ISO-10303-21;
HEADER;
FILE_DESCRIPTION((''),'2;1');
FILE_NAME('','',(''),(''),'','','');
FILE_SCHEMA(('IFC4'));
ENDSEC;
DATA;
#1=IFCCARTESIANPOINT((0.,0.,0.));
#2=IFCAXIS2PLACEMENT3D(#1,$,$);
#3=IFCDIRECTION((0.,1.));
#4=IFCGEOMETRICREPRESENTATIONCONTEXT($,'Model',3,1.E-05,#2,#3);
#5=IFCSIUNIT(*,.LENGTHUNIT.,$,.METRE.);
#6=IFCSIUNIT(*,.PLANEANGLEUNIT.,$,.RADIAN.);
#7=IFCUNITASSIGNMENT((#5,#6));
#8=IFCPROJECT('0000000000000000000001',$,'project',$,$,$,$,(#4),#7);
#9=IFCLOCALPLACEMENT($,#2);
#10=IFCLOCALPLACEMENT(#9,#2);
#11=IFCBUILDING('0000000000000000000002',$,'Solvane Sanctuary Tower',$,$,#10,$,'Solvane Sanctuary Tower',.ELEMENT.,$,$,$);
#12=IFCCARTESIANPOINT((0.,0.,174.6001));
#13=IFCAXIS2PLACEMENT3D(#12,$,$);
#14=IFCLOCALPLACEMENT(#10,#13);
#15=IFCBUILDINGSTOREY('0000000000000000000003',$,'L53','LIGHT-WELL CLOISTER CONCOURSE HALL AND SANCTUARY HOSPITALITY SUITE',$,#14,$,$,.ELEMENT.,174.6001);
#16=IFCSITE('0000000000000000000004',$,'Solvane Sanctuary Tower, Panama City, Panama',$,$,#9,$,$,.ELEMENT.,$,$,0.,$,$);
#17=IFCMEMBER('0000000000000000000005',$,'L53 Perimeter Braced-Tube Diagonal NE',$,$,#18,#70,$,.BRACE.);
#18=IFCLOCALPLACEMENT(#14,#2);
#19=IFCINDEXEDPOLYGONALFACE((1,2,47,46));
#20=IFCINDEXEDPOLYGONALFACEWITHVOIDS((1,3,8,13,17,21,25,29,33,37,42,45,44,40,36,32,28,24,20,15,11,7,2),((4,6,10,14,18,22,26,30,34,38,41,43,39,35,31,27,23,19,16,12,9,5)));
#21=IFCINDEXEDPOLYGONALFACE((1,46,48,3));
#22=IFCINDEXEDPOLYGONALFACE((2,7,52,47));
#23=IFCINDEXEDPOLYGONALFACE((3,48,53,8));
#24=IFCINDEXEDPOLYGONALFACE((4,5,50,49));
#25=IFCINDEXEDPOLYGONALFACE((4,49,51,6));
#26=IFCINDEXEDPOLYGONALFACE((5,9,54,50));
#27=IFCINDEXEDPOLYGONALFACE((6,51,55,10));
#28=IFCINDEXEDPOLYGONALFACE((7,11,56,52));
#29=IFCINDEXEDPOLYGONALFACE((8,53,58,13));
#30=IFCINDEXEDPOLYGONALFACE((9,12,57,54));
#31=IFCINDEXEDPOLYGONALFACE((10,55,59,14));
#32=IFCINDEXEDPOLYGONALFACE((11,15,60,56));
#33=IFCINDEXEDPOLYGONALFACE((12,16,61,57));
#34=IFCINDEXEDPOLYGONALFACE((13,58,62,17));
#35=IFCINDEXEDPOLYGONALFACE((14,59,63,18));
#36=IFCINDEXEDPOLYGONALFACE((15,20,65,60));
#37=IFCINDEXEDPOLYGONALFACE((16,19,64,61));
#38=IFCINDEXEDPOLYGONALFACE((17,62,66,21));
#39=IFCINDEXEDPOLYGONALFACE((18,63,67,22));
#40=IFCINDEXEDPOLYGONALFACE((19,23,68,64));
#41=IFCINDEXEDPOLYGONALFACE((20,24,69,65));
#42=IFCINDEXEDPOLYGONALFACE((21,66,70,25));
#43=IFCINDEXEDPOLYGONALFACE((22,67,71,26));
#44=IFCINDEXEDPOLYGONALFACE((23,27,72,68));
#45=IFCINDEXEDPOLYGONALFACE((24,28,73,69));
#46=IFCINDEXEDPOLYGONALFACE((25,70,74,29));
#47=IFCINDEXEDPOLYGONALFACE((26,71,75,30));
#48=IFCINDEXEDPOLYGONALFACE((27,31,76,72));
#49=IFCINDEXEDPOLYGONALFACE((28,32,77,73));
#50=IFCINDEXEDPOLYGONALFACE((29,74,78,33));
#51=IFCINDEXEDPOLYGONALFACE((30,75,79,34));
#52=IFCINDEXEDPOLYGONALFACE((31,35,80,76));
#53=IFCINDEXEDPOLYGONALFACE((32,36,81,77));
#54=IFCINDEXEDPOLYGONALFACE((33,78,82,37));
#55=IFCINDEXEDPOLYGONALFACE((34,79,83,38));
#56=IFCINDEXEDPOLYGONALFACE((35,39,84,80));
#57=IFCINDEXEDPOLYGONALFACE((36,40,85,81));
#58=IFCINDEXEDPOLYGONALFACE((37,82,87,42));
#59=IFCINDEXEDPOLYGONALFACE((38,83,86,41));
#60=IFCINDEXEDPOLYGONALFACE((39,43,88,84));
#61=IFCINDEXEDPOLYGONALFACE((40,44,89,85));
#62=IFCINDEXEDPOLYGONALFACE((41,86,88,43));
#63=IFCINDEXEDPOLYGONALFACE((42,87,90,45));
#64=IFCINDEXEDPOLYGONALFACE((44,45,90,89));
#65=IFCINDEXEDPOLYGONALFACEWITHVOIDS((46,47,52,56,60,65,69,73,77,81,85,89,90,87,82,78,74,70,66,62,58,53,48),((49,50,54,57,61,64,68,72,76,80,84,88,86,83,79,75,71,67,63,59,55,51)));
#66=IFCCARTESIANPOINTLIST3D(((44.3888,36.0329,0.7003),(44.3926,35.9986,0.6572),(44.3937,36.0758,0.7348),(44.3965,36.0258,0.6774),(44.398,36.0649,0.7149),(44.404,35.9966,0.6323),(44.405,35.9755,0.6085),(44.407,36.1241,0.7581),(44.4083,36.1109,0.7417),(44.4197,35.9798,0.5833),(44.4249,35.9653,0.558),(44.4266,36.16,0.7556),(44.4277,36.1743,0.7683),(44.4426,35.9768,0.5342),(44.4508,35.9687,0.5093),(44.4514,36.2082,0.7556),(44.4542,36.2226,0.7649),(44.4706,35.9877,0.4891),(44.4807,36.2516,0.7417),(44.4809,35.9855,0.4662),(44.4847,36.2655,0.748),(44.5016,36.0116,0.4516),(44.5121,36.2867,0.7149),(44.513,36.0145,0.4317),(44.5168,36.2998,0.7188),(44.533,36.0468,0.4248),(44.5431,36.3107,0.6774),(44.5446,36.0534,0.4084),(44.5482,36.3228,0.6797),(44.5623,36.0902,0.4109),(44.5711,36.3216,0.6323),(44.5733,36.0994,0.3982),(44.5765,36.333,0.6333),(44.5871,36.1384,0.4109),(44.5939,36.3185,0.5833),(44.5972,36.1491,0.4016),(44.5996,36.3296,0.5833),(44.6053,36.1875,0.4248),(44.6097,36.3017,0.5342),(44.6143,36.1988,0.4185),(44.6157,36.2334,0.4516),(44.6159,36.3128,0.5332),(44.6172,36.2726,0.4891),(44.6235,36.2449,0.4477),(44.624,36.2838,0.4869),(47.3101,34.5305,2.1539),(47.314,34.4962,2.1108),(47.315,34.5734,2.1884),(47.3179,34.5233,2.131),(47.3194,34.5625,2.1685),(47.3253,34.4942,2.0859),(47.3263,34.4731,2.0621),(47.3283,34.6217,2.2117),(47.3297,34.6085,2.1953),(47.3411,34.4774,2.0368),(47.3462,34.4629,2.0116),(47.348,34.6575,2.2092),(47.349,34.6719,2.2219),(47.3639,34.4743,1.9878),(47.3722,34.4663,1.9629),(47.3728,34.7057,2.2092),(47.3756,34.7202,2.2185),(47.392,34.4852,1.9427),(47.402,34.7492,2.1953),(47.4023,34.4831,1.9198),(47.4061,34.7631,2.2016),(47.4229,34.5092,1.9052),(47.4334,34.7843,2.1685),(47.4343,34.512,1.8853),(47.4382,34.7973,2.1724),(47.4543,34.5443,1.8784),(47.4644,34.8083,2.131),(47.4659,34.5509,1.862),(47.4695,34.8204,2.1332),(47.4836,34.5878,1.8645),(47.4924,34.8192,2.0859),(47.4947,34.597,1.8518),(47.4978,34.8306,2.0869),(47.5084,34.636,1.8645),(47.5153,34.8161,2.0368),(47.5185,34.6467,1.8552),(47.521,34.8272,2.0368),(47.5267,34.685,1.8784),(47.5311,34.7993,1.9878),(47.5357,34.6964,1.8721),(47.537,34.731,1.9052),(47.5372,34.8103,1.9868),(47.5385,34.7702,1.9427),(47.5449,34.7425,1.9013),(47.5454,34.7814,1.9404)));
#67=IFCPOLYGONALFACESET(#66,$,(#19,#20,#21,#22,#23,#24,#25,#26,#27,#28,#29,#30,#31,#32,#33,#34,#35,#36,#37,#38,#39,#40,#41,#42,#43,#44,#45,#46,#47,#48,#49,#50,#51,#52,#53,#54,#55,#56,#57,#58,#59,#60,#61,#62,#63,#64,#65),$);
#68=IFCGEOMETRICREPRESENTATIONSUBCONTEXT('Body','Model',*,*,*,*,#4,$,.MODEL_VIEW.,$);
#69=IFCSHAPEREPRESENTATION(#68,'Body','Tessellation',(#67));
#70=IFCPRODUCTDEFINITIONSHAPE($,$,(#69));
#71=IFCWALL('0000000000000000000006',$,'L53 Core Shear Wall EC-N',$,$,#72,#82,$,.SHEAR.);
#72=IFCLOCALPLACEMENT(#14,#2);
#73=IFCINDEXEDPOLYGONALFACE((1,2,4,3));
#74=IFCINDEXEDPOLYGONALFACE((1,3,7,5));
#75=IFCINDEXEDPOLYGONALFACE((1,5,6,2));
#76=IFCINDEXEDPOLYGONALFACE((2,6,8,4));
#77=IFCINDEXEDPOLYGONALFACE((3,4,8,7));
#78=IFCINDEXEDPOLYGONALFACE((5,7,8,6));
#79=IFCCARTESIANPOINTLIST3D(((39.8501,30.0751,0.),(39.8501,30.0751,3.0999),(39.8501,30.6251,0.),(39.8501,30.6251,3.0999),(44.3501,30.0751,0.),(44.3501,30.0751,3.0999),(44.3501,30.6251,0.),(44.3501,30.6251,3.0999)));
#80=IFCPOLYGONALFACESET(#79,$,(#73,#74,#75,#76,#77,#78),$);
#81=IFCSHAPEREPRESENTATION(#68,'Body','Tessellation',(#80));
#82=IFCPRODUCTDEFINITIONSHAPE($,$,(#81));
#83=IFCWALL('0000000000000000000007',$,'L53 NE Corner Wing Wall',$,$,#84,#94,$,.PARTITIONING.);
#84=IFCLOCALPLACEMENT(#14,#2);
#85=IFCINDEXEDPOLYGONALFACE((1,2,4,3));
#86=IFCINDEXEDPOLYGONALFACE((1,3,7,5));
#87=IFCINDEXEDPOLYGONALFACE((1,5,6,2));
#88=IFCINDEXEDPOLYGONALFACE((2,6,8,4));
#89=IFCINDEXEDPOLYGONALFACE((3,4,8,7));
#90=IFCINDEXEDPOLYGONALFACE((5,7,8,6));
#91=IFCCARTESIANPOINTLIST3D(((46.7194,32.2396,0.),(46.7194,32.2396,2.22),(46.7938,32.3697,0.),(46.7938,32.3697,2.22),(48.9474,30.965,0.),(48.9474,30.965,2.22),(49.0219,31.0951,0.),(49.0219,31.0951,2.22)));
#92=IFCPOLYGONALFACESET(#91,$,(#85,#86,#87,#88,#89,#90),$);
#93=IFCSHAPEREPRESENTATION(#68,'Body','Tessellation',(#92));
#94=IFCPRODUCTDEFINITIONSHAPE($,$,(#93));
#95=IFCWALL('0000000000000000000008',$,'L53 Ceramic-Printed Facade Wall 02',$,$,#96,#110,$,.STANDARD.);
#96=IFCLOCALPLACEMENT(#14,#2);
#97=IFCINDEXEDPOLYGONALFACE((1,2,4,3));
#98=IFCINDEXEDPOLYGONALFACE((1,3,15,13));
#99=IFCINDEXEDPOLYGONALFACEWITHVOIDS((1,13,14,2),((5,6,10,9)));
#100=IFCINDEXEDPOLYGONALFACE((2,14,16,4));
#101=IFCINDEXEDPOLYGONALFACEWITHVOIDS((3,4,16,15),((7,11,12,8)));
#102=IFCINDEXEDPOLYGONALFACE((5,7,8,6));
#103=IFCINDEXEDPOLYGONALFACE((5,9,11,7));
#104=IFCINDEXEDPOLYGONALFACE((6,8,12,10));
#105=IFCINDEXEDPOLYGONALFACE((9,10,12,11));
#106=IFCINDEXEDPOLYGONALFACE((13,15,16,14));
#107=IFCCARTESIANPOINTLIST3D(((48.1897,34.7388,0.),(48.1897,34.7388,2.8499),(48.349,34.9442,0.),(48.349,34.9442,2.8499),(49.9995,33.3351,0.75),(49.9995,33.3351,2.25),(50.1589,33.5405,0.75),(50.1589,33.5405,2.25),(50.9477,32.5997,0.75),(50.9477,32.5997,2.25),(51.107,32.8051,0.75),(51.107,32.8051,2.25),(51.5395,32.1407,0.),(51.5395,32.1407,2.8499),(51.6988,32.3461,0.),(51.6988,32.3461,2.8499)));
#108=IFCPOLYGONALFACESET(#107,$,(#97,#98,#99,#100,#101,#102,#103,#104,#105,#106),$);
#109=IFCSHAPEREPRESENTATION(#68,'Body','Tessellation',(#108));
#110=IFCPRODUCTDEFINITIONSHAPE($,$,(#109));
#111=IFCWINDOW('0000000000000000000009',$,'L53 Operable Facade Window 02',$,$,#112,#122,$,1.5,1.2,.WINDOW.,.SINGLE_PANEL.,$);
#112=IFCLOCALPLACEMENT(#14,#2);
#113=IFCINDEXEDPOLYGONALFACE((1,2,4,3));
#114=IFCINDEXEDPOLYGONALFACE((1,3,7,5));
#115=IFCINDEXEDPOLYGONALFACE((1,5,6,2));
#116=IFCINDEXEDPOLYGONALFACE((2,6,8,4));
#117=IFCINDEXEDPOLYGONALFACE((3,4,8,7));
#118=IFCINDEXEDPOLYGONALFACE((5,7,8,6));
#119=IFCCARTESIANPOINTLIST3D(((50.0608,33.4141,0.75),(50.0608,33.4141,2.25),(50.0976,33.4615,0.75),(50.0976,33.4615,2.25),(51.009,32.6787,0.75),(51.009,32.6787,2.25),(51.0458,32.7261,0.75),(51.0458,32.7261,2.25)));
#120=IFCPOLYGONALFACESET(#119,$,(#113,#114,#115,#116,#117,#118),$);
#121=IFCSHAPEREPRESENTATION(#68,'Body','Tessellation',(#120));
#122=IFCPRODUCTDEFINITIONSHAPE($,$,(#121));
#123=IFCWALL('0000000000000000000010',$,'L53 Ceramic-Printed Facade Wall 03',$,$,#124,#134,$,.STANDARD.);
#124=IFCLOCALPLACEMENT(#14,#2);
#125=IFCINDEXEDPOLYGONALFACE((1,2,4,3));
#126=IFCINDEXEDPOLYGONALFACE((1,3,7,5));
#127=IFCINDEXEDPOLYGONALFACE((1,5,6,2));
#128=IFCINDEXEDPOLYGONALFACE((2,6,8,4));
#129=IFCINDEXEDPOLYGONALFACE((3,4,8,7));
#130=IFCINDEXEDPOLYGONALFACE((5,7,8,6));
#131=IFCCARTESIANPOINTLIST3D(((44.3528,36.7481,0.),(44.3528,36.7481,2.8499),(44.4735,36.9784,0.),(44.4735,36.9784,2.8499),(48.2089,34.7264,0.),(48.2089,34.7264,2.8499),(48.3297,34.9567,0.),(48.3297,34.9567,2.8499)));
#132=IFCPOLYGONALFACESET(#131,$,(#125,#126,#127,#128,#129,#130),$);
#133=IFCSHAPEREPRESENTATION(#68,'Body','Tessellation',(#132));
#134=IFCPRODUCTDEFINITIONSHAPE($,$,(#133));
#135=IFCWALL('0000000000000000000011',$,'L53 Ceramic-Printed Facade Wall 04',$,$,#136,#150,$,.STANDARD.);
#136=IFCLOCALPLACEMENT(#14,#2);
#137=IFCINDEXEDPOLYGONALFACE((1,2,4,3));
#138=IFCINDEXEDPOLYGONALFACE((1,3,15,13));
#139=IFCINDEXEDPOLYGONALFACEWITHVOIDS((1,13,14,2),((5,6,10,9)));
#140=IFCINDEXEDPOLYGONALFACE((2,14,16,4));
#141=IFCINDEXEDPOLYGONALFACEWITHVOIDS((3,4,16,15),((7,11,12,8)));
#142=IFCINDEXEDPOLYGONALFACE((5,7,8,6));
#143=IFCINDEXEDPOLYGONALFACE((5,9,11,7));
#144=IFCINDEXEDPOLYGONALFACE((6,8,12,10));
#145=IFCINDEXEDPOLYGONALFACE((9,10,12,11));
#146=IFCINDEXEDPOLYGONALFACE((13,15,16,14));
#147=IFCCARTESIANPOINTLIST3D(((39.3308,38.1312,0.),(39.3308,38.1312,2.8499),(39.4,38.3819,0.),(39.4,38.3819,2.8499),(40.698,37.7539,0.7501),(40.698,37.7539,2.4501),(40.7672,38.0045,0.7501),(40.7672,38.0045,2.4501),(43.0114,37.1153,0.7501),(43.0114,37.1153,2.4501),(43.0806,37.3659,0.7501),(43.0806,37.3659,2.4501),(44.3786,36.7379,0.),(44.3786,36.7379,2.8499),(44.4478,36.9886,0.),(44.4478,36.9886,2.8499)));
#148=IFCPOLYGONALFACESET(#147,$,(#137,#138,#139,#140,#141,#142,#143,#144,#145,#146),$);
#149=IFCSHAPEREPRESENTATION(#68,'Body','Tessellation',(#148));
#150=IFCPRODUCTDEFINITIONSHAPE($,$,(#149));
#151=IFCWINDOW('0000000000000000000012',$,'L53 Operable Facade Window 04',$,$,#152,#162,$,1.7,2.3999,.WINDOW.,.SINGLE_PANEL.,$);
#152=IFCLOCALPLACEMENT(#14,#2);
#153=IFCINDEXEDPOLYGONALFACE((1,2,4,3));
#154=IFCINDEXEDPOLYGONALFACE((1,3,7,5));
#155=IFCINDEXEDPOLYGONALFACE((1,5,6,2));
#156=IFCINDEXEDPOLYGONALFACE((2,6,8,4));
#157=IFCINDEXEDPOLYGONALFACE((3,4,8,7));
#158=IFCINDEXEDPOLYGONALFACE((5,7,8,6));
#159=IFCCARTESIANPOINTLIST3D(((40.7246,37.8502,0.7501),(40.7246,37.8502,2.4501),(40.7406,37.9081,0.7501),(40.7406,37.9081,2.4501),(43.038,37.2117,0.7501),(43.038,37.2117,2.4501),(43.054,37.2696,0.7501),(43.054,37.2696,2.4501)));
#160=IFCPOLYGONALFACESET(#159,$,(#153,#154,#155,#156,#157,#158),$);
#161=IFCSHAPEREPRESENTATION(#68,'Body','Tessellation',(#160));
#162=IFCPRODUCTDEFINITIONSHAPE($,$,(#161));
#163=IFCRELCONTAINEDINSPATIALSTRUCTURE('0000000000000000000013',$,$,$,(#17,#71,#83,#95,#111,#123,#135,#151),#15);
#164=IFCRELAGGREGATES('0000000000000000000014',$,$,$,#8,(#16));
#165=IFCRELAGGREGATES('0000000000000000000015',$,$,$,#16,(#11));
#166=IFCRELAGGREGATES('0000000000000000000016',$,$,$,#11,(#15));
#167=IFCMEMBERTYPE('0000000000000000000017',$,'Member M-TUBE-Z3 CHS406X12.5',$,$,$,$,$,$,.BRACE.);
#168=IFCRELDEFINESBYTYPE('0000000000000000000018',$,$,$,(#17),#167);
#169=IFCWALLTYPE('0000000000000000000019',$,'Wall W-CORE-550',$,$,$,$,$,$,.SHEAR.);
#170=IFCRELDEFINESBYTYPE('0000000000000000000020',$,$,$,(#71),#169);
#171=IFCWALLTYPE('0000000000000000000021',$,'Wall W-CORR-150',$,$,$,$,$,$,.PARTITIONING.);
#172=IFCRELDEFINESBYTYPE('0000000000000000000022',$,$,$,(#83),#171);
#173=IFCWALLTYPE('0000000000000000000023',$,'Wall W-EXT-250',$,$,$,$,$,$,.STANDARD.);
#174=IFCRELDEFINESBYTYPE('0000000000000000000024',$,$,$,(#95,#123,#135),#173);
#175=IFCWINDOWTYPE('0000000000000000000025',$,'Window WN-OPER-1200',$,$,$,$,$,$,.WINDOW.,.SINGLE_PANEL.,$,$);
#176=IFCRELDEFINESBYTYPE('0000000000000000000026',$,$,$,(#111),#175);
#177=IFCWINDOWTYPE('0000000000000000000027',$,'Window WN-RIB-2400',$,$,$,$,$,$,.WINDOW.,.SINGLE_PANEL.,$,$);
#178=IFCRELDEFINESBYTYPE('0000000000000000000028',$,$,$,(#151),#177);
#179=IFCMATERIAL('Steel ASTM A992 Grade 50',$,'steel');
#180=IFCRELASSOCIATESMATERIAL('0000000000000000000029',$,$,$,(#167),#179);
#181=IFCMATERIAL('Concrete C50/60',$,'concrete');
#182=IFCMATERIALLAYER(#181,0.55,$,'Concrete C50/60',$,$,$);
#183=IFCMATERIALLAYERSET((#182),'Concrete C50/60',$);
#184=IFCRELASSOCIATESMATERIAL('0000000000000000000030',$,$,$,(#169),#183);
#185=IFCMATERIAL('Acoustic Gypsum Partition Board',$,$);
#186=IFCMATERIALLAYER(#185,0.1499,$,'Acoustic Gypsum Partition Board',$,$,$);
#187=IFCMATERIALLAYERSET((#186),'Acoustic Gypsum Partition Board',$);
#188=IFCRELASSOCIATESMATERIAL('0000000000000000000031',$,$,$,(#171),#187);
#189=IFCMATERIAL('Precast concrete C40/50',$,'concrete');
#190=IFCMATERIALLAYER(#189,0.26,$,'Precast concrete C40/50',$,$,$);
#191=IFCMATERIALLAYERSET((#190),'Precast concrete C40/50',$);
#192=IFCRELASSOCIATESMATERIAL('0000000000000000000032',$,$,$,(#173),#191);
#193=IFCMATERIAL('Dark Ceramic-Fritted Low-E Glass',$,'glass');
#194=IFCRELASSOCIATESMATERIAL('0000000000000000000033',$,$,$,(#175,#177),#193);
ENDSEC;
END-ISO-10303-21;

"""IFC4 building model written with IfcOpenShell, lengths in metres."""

from ifc_helpers import new_model, si_unit, direction, frame, frame_2d, origin, origin_2d, place, context, subcontext, project, spatial, rectangle, hollow_circle, extrude, material, layer, layer_set, material_profile, profile_set, type_object, element, fill, save


model = new_model("IFC4")

# Units and contexts
model_context = context("Model", 3, precision=1e-05, world=origin(), true_north=direction((0.0, 1.0)))
body_context = subcontext(model_context, "Body", "Model", "MODEL_VIEW")
ifc_project = project(units=[si_unit("LENGTHUNIT", "METRE"), si_unit("PLANEANGLEUNIT", "RADIAN")], contexts=[model_context])

# Site, building, storey
site_placement = place(None, origin())
site = spatial("IfcSite", under=ifc_project, at=site_placement, Name="Solvane Sanctuary Tower, Panama City, Panama", CompositionType="ELEMENT", RefElevation=0.0)
building_placement = place(site_placement, origin())
building = spatial("IfcBuilding", under=site, at=building_placement, Name="Solvane Sanctuary Tower", LongName="Solvane Sanctuary Tower", CompositionType="ELEMENT")
storey_placement = place(building_placement, frame((0.0, 0.0, 174.6001)))
storey = spatial("IfcBuildingStorey", under=building, at=storey_placement, Name="L53", Description="LIGHT-WELL CLOISTER CONCOURSE HALL AND SANCTUARY HOSPITALITY SUITE", CompositionType="ELEMENT", Elevation=174.6001)

# Shared definitions
ifc_material_1 = material(Name="Steel ASTM A992 Grade 50", Category="steel")

# Member
ifc_material_profile_1 = material_profile(ifc_material_1, hollow_circle(Radius=0.2029, WallThickness=0.0125, at=origin_2d()), Name="CHS406X12.5")
ifc_profile_set_1 = profile_set([ifc_material_profile_1], Name="Steel ASTM A992 Grade 50")
member_type = type_object("IfcMemberType", Name="Member M-TUBE-Z3 CHS406X12.5", PredefinedType="BRACE", material=ifc_profile_set_1)
member_placement = place(storey_placement, frame((44.5068, 36.1492, 0.5833), z_axis=(0.813229, -0.418236, 0.404644), x_axis=(0.457351, 0.889286, 0.0)))
element("IfcMember", 1, at=member_placement, inside=storey, type_object=member_type, Name="L53 Perimeter Braced-Tube Diagonal NE", PredefinedType="BRACE", context=body_context, shape_type="SweptSolid", body=[
    extrude(hollow_circle(Radius=0.2029, WallThickness=0.0125, at=origin_2d()), origin(), (0.0, 0.0, 1.0), 3.5923),
])

# Walls
ifc_material_2 = material(Name="Concrete C50/60", Category="concrete")
ifc_layer_1 = layer(ifc_material_2, 0.55, Name="Concrete C50/60")
ifc_layer_set_1 = layer_set([ifc_layer_1], Name="Concrete C50/60")
wall_type_1 = type_object("IfcWallType", Name="Wall W-CORE-550", PredefinedType="SHEAR", material=ifc_layer_set_1)
wall_1_placement = place(storey_placement, frame((39.8501, 30.3501, 0.0), z_axis=(0.0, 0.0, 1.0), x_axis=(1.0, 0.0, 0.0)))
element("IfcWall", 2, at=wall_1_placement, inside=storey, type_object=wall_type_1, Name="L53 Core Shear Wall EC-N", PredefinedType="SHEAR", context=body_context, shape_type="SweptSolid", body=[
    extrude(rectangle(XDim=4.5, YDim=0.55, at=frame_2d((2.25, 0.0))), origin(), (0.0, 0.0, 1.0), 3.0999),
])
ifc_material_3 = material(Name="Acoustic Gypsum Partition Board")
ifc_layer_2 = layer(ifc_material_3, 0.1499, Name="Acoustic Gypsum Partition Board")
ifc_layer_set_2 = layer_set([ifc_layer_2], Name="Acoustic Gypsum Partition Board")
wall_type_2 = type_object("IfcWallType", Name="Wall W-CORR-150", PredefinedType="PARTITIONING", material=ifc_layer_set_2)
wall_2_placement = place(storey_placement, frame((46.7566, 32.3047, 0.0), z_axis=(0.0, 0.0, 1.0), x_axis=(0.867991, -0.496579, 0.0)))
element("IfcWall", 3, at=wall_2_placement, inside=storey, type_object=wall_type_2, Name="L53 NE Corner Wing Wall", PredefinedType="PARTITIONING", context=body_context, shape_type="SweptSolid", body=[
    extrude(rectangle(XDim=2.5669, YDim=0.1499, at=frame_2d((1.2834, 0.0))), origin(), (0.0, 0.0, 1.0), 2.22),
])

# Wall, opening, window
ifc_material_4 = material(Name="Precast concrete C40/50", Category="concrete")
ifc_layer_3 = layer(ifc_material_4, 0.26, Name="Precast concrete C40/50")
ifc_layer_set_3 = layer_set([ifc_layer_3], Name="Precast concrete C40/50")
wall_type_3 = type_object("IfcWallType", Name="Wall W-EXT-250", PredefinedType="STANDARD", material=ifc_layer_set_3)
wall_3_placement = place(storey_placement, frame((51.6191, 32.2434, 0.0), z_axis=(0.0, 0.0, 1.0), x_axis=(-0.790186, 0.612868, 0.0)))
wall_3 = element("IfcWall", 4, at=wall_3_placement, inside=storey, type_object=wall_type_3, Name="L53 Ceramic-Printed Facade Wall 02", PredefinedType="STANDARD", context=body_context, shape_type="SweptSolid", body=[
    extrude(rectangle(XDim=4.2393, YDim=0.26, at=frame_2d((2.1196, 0.0))), origin(), (0.0, 0.0, 1.0), 2.8499),
])
opening_1_placement = place(wall_3_placement, frame((0.7488, 0.0, 0.75)))
opening_1 = element("IfcOpeningElement", 5, at=opening_1_placement, cuts=wall_3, PredefinedType="OPENING", context=body_context, shape_type="SweptSolid", body=[
    extrude(rectangle(XDim=1.2, YDim=1.5, at=frame_2d((0.6001, 0.75))), frame((0.0, 0.1399, 0.0), z_axis=(0.0, -1.0, 0.0), x_axis=(1.0, 0.0, 0.0)), (0.0, 0.0, 1.0), 0.28),
])
ifc_material_5 = material(Name="Dark Ceramic-Fritted Low-E Glass", Category="glass")
window_type_1 = type_object("IfcWindowType", Name="Window WN-OPER-1200", PartitioningType="SINGLE_PANEL", PredefinedType="WINDOW", material=ifc_material_5)
window_1_placement = place(opening_1_placement, origin())
window_1 = element("IfcWindow", 6, at=window_1_placement, inside=storey, type_object=window_type_1, Name="L53 Operable Facade Window 02", OverallHeight=1.5, OverallWidth=1.2, PartitioningType="SINGLE_PANEL", PredefinedType="WINDOW", context=body_context, shape_type="SweptSolid", body=[
    extrude(rectangle(XDim=1.2, YDim=1.5, at=frame_2d((0.6001, 0.75))), frame((0.0, 0.03, 0.0), z_axis=(0.0, -1.0, 0.0), x_axis=(1.0, 0.0, 0.0)), (0.0, 0.0, 1.0), 0.0601),
])
fill(opening_1, window_1)

# Wall
wall_4_placement = place(storey_placement, frame((48.2693, 34.8416, 0.0), z_axis=(0.0, 0.0, 1.0), x_axis=(-0.88566, 0.464334, 0.0)))
element("IfcWall", 7, at=wall_4_placement, inside=storey, type_object=wall_type_3, Name="L53 Ceramic-Printed Facade Wall 03", PredefinedType="STANDARD", context=body_context, shape_type="SweptSolid", body=[
    extrude(rectangle(XDim=4.354, YDim=0.26, at=frame_2d((2.177, 0.0))), origin(), (0.0, 0.0, 1.0), 2.8499),
])

# Wall, opening, window
wall_5_placement = place(storey_placement, frame((44.4131, 36.8633, 0.0), z_axis=(0.0, 0.0, 1.0), x_axis=(-0.963953, 0.266071, 0.0)))
wall_5 = element("IfcWall", 8, at=wall_5_placement, inside=storey, type_object=wall_type_3, Name="L53 Ceramic-Printed Facade Wall 04", PredefinedType="STANDARD", context=body_context, shape_type="SweptSolid", body=[
    extrude(rectangle(XDim=5.2366, YDim=0.26, at=frame_2d((2.6182, 0.0))), origin(), (0.0, 0.0, 1.0), 2.8499),
])
opening_2_placement = place(wall_5_placement, frame((1.4182, 0.0, 0.75)))
opening_2 = element("IfcOpeningElement", 9, at=opening_2_placement, cuts=wall_5, PredefinedType="OPENING", context=body_context, shape_type="SweptSolid", body=[
    extrude(rectangle(XDim=2.3999, YDim=1.7, at=frame_2d((1.2, 0.8501))), frame((0.0, 0.1399, 0.0), z_axis=(0.0, -1.0, 0.0), x_axis=(1.0, 0.0, 0.0)), (0.0, 0.0, 1.0), 0.28),
])
window_type_2 = type_object("IfcWindowType", Name="Window WN-RIB-2400", PartitioningType="SINGLE_PANEL", PredefinedType="WINDOW", material=ifc_material_5)
window_2_placement = place(opening_2_placement, origin())
window_2 = element("IfcWindow", 10, at=window_2_placement, inside=storey, type_object=window_type_2, Name="L53 Operable Facade Window 04", OverallHeight=1.7, OverallWidth=2.3999, PartitioningType="SINGLE_PANEL", PredefinedType="WINDOW", context=body_context, shape_type="SweptSolid", body=[
    extrude(rectangle(XDim=2.3999, YDim=1.7, at=frame_2d((1.2, 0.8501))), frame((0.0, 0.03, 0.0), z_axis=(0.0, -1.0, 0.0), x_axis=(1.0, 0.0, 0.0)), (0.0, 0.0, 1.0), 0.0601),
])
fill(opening_2, window_2)

save(model, "model.ifc")
